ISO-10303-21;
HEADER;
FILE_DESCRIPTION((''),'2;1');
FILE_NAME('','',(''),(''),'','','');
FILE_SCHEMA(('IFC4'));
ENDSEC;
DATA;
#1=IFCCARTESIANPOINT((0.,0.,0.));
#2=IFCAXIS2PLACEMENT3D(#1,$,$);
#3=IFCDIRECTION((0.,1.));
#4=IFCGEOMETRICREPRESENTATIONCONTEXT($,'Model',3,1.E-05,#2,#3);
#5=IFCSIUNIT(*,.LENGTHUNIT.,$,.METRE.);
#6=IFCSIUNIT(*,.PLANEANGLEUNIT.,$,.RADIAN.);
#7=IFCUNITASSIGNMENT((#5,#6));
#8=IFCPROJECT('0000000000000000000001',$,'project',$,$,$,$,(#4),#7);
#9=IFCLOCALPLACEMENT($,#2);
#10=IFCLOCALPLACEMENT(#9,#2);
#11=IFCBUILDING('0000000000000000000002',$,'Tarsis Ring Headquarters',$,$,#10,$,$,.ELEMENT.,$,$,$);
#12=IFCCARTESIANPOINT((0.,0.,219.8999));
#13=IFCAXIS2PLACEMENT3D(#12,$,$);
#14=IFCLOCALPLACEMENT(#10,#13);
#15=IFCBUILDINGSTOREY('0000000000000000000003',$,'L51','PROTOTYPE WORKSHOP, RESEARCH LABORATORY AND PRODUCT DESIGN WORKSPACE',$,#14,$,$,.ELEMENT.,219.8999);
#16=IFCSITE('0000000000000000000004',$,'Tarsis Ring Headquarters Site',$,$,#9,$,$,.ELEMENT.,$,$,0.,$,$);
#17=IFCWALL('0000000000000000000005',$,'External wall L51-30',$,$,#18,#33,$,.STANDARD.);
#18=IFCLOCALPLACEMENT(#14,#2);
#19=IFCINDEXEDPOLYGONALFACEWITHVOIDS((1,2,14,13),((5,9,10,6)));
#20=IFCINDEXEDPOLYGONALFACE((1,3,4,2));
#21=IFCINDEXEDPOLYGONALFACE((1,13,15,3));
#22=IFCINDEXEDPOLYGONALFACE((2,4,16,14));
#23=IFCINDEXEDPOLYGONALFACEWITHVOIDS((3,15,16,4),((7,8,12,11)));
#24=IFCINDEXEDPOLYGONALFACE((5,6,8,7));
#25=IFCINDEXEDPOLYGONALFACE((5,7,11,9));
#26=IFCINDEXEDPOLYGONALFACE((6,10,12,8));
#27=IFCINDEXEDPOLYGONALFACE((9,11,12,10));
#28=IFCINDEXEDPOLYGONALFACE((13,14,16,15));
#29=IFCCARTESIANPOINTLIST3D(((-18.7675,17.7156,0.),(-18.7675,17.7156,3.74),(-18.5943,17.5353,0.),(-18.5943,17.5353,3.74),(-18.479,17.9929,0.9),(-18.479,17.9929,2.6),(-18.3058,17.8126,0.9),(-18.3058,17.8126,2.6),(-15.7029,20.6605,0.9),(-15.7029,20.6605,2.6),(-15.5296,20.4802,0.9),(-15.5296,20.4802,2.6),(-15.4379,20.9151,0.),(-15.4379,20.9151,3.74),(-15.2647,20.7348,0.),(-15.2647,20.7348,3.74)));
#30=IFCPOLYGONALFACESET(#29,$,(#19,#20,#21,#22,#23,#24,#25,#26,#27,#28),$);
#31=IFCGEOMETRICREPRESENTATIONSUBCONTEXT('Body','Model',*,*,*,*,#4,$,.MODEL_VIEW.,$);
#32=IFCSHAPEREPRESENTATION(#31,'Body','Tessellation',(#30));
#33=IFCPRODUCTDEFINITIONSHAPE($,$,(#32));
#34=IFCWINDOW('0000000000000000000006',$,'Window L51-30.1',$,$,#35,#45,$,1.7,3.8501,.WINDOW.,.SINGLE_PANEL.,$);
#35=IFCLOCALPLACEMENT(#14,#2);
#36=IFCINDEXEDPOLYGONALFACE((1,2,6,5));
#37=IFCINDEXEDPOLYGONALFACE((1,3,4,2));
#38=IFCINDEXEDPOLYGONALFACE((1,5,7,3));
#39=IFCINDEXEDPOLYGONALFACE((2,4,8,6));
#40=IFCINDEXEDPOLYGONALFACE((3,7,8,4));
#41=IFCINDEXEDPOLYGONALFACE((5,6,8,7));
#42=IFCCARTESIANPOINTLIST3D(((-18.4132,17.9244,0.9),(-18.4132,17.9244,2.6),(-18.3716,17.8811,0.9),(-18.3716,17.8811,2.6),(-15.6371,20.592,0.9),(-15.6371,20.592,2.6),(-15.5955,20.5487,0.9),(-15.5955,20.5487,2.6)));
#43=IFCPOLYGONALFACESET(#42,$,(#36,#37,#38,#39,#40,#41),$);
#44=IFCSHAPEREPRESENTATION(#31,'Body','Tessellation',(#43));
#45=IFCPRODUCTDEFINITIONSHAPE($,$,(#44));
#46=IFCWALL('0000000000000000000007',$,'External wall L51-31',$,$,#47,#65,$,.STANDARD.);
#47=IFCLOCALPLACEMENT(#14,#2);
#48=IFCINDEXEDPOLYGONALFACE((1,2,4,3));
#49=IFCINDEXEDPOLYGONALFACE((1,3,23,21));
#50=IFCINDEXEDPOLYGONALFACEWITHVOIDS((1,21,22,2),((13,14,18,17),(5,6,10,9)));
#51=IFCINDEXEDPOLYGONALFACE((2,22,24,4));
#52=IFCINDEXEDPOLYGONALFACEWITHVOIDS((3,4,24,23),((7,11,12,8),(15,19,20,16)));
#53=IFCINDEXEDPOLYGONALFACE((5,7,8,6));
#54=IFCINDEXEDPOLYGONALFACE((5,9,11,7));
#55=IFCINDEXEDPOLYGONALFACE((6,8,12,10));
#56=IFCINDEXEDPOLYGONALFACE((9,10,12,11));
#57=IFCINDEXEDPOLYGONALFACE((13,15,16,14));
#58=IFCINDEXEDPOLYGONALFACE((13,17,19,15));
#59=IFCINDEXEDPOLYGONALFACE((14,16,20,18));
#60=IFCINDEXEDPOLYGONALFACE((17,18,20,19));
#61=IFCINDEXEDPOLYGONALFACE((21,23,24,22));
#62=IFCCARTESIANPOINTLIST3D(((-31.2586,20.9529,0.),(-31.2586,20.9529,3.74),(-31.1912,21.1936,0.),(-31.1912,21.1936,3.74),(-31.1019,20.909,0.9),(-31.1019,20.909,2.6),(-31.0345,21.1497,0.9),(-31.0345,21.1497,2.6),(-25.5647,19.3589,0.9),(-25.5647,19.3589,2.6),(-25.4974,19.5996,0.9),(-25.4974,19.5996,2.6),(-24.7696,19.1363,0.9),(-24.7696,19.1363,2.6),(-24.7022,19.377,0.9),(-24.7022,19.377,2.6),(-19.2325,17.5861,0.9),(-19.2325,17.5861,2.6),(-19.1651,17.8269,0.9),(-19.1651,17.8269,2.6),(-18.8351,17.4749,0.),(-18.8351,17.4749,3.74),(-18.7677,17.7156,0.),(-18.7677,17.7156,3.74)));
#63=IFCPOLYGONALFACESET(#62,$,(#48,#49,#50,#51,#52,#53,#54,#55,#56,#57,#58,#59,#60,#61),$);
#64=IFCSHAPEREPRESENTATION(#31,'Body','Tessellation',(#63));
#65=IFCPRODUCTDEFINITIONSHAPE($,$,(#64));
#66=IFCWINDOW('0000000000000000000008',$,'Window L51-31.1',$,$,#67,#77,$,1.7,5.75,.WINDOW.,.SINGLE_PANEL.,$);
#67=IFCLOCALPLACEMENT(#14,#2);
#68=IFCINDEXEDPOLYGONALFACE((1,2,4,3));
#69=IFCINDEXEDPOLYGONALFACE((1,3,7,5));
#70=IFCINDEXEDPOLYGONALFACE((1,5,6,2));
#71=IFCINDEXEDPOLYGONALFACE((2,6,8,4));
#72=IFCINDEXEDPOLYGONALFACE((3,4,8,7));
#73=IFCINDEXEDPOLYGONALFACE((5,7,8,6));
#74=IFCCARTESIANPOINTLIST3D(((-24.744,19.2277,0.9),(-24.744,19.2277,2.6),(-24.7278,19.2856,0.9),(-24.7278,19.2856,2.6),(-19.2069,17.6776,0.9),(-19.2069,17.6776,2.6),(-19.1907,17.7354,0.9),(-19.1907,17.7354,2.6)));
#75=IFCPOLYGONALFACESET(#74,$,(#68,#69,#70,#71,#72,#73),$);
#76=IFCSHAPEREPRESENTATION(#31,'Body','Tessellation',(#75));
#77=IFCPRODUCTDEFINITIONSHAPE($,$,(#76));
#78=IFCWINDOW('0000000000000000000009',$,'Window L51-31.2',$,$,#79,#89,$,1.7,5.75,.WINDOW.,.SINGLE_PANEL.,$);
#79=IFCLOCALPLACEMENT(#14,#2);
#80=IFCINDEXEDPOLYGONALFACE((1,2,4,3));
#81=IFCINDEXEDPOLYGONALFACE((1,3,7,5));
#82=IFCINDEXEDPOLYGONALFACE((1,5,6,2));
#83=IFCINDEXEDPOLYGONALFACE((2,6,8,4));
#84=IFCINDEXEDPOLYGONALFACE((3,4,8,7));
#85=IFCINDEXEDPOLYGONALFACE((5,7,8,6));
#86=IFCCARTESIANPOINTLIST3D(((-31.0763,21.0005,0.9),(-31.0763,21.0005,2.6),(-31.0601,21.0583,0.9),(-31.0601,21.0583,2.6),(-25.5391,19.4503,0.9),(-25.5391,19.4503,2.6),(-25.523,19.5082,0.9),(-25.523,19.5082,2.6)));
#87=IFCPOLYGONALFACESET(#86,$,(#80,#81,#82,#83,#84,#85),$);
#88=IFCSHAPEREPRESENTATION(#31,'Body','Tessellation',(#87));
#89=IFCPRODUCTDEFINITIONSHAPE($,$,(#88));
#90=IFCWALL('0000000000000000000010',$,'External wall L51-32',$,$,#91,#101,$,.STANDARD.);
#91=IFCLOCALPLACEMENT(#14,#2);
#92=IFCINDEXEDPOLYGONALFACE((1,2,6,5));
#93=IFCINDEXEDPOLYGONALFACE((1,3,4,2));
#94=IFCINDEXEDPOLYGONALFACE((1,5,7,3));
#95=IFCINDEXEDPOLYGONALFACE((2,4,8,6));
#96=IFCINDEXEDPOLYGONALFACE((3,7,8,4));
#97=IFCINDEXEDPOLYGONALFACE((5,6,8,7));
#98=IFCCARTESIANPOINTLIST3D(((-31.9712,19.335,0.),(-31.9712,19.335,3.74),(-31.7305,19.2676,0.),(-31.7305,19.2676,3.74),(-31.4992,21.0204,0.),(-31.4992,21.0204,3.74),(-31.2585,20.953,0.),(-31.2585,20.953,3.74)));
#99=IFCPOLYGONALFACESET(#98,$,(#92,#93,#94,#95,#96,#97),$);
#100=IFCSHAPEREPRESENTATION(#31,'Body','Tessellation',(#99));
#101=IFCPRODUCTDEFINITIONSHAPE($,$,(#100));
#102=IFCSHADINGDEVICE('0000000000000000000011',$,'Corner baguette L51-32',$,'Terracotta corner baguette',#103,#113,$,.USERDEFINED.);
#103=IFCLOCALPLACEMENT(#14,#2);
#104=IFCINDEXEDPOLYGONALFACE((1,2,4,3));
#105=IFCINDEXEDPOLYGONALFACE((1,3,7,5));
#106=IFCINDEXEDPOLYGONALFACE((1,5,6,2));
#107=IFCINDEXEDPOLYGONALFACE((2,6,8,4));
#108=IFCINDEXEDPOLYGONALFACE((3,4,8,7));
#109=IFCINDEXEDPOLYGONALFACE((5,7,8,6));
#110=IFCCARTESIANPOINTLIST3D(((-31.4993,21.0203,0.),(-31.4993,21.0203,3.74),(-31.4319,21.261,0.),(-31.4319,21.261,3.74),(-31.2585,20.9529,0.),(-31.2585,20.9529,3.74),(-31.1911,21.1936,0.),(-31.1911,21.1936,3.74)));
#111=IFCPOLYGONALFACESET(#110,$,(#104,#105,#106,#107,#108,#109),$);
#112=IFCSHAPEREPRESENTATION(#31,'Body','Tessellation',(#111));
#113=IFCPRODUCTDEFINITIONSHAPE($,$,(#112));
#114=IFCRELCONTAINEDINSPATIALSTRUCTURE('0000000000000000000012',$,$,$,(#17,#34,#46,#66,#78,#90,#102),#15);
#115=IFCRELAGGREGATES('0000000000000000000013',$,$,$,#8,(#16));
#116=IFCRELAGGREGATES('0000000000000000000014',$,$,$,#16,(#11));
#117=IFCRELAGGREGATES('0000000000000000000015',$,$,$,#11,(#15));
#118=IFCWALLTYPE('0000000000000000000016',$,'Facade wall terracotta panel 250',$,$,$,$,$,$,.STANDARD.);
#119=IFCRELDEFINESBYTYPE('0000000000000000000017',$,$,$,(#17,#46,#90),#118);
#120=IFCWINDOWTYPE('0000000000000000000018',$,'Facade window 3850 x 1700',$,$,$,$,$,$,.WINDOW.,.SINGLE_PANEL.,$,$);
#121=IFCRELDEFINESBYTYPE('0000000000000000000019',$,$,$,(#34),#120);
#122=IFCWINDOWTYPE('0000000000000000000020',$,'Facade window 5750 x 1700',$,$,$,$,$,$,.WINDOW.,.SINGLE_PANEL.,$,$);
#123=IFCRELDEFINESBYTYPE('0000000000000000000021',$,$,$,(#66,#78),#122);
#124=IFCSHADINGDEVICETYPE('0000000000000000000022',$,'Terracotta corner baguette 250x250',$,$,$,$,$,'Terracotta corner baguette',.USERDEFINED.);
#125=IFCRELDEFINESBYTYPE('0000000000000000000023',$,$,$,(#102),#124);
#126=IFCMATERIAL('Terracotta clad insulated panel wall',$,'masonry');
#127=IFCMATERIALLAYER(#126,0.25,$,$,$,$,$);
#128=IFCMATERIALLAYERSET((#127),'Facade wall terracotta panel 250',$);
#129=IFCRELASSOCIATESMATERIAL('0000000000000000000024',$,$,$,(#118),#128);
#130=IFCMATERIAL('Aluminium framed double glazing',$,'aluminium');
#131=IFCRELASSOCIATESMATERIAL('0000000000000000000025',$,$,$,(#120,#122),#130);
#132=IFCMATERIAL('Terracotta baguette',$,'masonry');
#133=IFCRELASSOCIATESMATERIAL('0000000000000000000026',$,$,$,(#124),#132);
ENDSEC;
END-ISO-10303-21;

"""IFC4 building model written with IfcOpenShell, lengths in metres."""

from ifc_helpers import new_model, si_unit, direction, frame, frame_2d, origin, origin_2d, place, context, subcontext, project, spatial, rectangle, extrude, material, layer, layer_set, type_object, element, fill, save


model = new_model("IFC4")

# Units and contexts
model_context = context("Model", 3, precision=1e-05, world=origin(), true_north=direction((0.0, 1.0)))
body_context = subcontext(model_context, "Body", "Model", "MODEL_VIEW")
ifc_project = project(units=[si_unit("LENGTHUNIT", "METRE"), si_unit("PLANEANGLEUNIT", "RADIAN")], contexts=[model_context])

# Site, building, storey
site_placement = place(None, origin())
site = spatial("IfcSite", under=ifc_project, at=site_placement, Name="Tarsis Ring Headquarters Site", CompositionType="ELEMENT", RefElevation=0.0)
building_placement = place(site_placement, origin())
building = spatial("IfcBuilding", under=site, at=building_placement, Name="Tarsis Ring Headquarters", CompositionType="ELEMENT")
storey_placement = place(building_placement, frame((0.0, 0.0, 219.8999)))
storey = spatial("IfcBuildingStorey", under=building, at=storey_placement, Name="L51", Description="PROTOTYPE WORKSHOP, RESEARCH LABORATORY AND PRODUCT DESIGN WORKSPACE", CompositionType="ELEMENT", Elevation=219.8999)

# Wall, opening, window
ifc_material_1 = material(Name="Terracotta clad insulated panel wall", Category="masonry")
ifc_layer_1 = layer(ifc_material_1, 0.25)
ifc_layer_set_1 = layer_set([ifc_layer_1], Name="Facade wall terracotta panel 250")
wall_type_1 = type_object("IfcWallType", Name="Facade wall terracotta panel 250", PredefinedType="STANDARD", material=ifc_layer_set_1)
wall_1_placement = place(storey_placement, frame((-15.3513, 20.825, 0.0), z_axis=(0.0, 0.0, 1.0), x_axis=(-0.721057, -0.692876, 0.0)))
wall_1 = element("IfcWall", 1, at=wall_1_placement, inside=storey, type_object=wall_type_1, Name="External wall L51-30", PredefinedType="STANDARD", context=body_context, shape_type="SweptSolid", body=[
    extrude(rectangle(XDim=4.6177, YDim=0.25, at=frame_2d((2.3088, 0.0))), origin(), (0.0, 0.0, 1.0), 3.74),
])
opening_1_placement = place(wall_1_placement, frame((0.3674, 0.0, 0.8999)))
opening_1 = element("IfcOpeningElement", 2, at=opening_1_placement, cuts=wall_1, PredefinedType="OPENING", context=body_context, shape_type="SweptSolid", body=[
    extrude(rectangle(XDim=3.8501, YDim=1.7, at=frame_2d((1.925, 0.8501))), frame((0.0, 0.135, 0.0), z_axis=(0.0, -1.0, 0.0), x_axis=(1.0, 0.0, 0.0)), (0.0, 0.0, 1.0), 0.27),
])
ifc_material_2 = material(Name="Aluminium framed double glazing", Category="aluminium")
window_type_1 = type_object("IfcWindowType", Name="Facade window 3850 x 1700", PartitioningType="SINGLE_PANEL", PredefinedType="WINDOW", material=ifc_material_2)
window_1_placement = place(opening_1_placement, origin())
window_1 = element("IfcWindow", 3, at=window_1_placement, inside=storey, type_object=window_type_1, Name="Window L51-30.1", OverallHeight=1.7, OverallWidth=3.8501, PartitioningType="SINGLE_PANEL", PredefinedType="WINDOW", context=body_context, shape_type="SweptSolid", body=[
    extrude(rectangle(XDim=3.8501, YDim=1.7, at=frame_2d((1.925, 0.8501))), frame((0.0, 0.03, 0.0), z_axis=(0.0, -1.0, 0.0), x_axis=(1.0, 0.0, 0.0)), (0.0, 0.0, 1.0), 0.0601),
])
fill(opening_1, window_1)

# Wall, openings, windows
wall_2_placement = place(storey_placement, frame((-18.8013, 17.5952, 0.0), z_axis=(0.0, 0.0, 1.0), x_axis=(-0.962976, 0.269589, 0.0)))
wall_2 = element("IfcWall", 4, at=wall_2_placement, inside=storey, type_object=wall_type_1, Name="External wall L51-31", PredefinedType="STANDARD", context=body_context, shape_type="SweptSolid", body=[
    extrude(rectangle(XDim=12.9011, YDim=0.25, at=frame_2d((6.4507, 0.0))), origin(), (0.0, 0.0, 1.0), 3.74),
])
opening_2_placement = place(wall_2_placement, frame((0.4128, 0.0, 0.8999)))
opening_2 = element("IfcOpeningElement", 5, at=opening_2_placement, cuts=wall_2, PredefinedType="OPENING", context=body_context, shape_type="SweptSolid", body=[
    extrude(rectangle(XDim=5.75, YDim=1.7, at=frame_2d((2.875, 0.8501))), frame((0.0, 0.135, 0.0), z_axis=(0.0, -1.0, 0.0), x_axis=(1.0, 0.0, 0.0)), (0.0, 0.0, 1.0), 0.27),
])
opening_3_placement = place(wall_2_placement, frame((6.9885, 0.0, 0.8999)))
opening_3 = element("IfcOpeningElement", 6, at=opening_3_placement, cuts=wall_2, PredefinedType="OPENING", context=body_context, shape_type="SweptSolid", body=[
    extrude(rectangle(XDim=5.75, YDim=1.7, at=frame_2d((2.875, 0.8501))), frame((0.0, 0.135, 0.0), z_axis=(0.0, -1.0, 0.0), x_axis=(1.0, 0.0, 0.0)), (0.0, 0.0, 1.0), 0.27),
])
window_type_2 = type_object("IfcWindowType", Name="Facade window 5750 x 1700", PartitioningType="SINGLE_PANEL", PredefinedType="WINDOW", material=ifc_material_2)
window_2_placement = place(opening_2_placement, origin())
window_2 = element("IfcWindow", 7, at=window_2_placement, inside=storey, type_object=window_type_2, Name="Window L51-31.1", OverallHeight=1.7, OverallWidth=5.75, PartitioningType="SINGLE_PANEL", PredefinedType="WINDOW", context=body_context, shape_type="SweptSolid", body=[
    extrude(rectangle(XDim=5.75, YDim=1.7, at=frame_2d((2.875, 0.8501))), frame((0.0, 0.03, 0.0), z_axis=(0.0, -1.0, 0.0), x_axis=(1.0, 0.0, 0.0)), (0.0, 0.0, 1.0), 0.0601),
])
fill(opening_2, window_2)
window_3_placement = place(opening_3_placement, origin())
window_3 = element("IfcWindow", 8, at=window_3_placement, inside=storey, type_object=window_type_2, Name="Window L51-31.2", OverallHeight=1.7, OverallWidth=5.75, PartitioningType="SINGLE_PANEL", PredefinedType="WINDOW", context=body_context, shape_type="SweptSolid", body=[
    extrude(rectangle(XDim=5.75, YDim=1.7, at=frame_2d((2.875, 0.8501))), frame((0.0, 0.03, 0.0), z_axis=(0.0, -1.0, 0.0), x_axis=(1.0, 0.0, 0.0)), (0.0, 0.0, 1.0), 0.0601),
])
fill(opening_3, window_3)

# Wall
wall_3_placement = place(storey_placement, frame((-31.3789, 20.9866, 0.0), z_axis=(0.0, 0.0, 1.0), x_axis=(-0.269651, -0.962958, 0.0)))
element("IfcWall", 9, at=wall_3_placement, inside=storey, type_object=wall_type_1, Name="External wall L51-32", PredefinedType="STANDARD", context=body_context, shape_type="SweptSolid", body=[
    extrude(rectangle(XDim=1.7502, YDim=0.25, at=frame_2d((0.875, 0.0))), origin(), (0.0, 0.0, 1.0), 3.74),
])

# Shading device
ifc_material_3 = material(Name="Terracotta baguette", Category="masonry")
shading_device_type = type_object("IfcShadingDeviceType", Name="Terracotta corner baguette 250x250", ElementType="Terracotta corner baguette", PredefinedType="USERDEFINED", material=ifc_material_3)
shading_device_placement = place(storey_placement, frame((-31.3452, 21.1069, 0.0), z_axis=(0.0, 0.0, 1.0), x_axis=(-0.962975, 0.269592, 0.0)))
element("IfcShadingDevice", 10, at=shading_device_placement, inside=storey, type_object=shading_device_type, Name="Corner baguette L51-32", ObjectType="Terracotta corner baguette", PredefinedType="USERDEFINED", context=body_context, shape_type="SweptSolid", body=[
    extrude(rectangle(XDim=0.25, YDim=0.25, at=origin_2d()), origin(), (0.0, 0.0, 1.0), 3.74),
])

save(model, "model.ifc")
